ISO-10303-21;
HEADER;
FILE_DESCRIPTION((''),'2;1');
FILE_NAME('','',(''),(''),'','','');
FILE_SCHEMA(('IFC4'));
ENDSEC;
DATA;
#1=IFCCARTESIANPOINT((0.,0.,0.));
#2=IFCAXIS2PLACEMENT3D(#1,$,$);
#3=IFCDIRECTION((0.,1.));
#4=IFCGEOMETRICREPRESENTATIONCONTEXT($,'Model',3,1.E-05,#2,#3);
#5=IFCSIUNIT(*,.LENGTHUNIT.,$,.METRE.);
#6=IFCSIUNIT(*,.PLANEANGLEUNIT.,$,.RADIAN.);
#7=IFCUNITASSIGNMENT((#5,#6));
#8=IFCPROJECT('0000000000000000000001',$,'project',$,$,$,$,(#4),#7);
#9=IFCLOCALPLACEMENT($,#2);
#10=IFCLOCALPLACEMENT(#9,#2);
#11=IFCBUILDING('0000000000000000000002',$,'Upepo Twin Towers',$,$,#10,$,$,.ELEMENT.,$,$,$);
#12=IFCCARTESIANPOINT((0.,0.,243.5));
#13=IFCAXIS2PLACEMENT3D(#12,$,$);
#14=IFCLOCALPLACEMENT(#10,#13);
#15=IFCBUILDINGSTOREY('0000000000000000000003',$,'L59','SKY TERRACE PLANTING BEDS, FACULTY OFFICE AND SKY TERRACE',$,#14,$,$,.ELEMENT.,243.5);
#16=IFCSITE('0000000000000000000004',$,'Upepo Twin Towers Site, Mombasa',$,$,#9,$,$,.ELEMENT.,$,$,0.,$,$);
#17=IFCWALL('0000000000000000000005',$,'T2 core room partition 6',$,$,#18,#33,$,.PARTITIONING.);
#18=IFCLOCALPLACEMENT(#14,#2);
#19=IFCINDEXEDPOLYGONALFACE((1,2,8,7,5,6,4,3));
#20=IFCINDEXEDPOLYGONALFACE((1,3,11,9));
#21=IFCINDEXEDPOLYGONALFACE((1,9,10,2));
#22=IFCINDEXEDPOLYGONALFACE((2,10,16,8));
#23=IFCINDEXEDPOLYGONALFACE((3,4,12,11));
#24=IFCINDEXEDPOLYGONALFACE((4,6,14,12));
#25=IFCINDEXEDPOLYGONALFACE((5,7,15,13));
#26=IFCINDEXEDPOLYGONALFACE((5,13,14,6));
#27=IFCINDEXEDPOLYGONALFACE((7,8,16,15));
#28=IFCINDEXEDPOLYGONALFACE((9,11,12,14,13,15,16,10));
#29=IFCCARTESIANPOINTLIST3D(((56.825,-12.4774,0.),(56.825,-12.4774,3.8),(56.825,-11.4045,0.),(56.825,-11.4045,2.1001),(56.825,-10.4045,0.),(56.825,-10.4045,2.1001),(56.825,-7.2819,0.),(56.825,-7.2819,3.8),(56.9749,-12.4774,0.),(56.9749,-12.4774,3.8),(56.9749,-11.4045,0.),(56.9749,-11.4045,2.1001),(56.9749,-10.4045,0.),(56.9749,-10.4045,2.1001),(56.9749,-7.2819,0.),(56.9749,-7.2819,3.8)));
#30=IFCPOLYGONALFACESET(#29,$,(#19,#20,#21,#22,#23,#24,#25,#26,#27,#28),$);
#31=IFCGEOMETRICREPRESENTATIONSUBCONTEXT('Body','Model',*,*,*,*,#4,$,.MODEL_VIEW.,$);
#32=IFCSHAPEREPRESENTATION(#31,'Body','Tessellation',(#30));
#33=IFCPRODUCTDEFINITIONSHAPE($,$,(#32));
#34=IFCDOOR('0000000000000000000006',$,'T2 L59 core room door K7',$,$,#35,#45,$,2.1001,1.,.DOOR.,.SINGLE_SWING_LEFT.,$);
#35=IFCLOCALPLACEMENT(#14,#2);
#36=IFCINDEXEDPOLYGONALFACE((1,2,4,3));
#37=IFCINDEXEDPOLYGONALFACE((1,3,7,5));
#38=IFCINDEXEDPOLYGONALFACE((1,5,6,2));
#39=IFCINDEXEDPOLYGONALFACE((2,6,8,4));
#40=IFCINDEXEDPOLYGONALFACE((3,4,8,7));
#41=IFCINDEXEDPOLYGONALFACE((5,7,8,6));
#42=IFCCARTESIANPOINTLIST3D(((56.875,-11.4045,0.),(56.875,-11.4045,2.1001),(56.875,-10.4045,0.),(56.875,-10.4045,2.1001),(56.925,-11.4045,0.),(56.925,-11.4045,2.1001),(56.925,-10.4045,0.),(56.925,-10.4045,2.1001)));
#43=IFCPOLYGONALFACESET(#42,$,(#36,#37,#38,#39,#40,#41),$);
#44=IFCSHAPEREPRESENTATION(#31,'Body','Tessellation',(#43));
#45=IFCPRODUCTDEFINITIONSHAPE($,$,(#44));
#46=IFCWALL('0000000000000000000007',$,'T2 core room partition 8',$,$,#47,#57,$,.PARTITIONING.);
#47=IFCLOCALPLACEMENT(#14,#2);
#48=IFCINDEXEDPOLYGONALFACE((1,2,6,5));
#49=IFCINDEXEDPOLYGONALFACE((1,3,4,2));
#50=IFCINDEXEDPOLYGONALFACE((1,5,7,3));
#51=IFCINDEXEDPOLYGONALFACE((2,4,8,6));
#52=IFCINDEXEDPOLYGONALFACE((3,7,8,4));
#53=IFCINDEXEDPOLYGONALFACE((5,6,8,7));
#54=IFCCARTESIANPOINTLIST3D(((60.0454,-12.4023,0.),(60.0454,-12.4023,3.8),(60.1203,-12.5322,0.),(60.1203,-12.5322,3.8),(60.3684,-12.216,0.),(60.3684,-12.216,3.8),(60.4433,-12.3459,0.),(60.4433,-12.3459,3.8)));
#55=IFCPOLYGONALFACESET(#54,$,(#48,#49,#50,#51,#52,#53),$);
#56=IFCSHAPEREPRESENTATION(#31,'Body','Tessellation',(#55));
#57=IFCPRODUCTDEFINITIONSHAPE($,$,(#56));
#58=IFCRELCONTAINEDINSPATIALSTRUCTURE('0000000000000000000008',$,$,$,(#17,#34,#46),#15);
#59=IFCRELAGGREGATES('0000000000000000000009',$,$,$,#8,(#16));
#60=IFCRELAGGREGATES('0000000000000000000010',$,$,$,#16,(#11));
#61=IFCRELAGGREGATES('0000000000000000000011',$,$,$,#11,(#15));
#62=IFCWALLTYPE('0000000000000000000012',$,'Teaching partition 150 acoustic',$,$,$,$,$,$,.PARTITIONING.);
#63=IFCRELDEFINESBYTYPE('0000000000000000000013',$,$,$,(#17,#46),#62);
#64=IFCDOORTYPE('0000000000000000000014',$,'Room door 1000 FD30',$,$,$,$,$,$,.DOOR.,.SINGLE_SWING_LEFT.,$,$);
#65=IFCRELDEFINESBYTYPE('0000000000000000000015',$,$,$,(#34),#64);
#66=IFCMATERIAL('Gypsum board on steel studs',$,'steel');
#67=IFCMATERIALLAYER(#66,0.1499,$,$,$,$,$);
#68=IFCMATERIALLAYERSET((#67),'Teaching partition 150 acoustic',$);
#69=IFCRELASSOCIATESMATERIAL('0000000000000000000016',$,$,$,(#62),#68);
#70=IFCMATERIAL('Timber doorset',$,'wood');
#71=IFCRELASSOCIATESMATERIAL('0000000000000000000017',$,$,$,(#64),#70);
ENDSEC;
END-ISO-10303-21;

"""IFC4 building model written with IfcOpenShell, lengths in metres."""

from ifc_helpers import new_model, si_unit, direction, frame, frame_2d, origin, place, context, subcontext, project, spatial, rectangle, extrude, material, layer, layer_set, type_object, element, fill, save


model = new_model("IFC4")

# Units and contexts
model_context = context("Model", 3, precision=1e-05, world=origin(), true_north=direction((0.0, 1.0)))
body_context = subcontext(model_context, "Body", "Model", "MODEL_VIEW")
ifc_project = project(units=[si_unit("LENGTHUNIT", "METRE"), si_unit("PLANEANGLEUNIT", "RADIAN")], contexts=[model_context])

# Site, building, storey
site_placement = place(None, origin())
site = spatial("IfcSite", under=ifc_project, at=site_placement, Name="Upepo Twin Towers Site, Mombasa", CompositionType="ELEMENT", RefElevation=0.0)
building_placement = place(site_placement, origin())
building = spatial("IfcBuilding", under=site, at=building_placement, Name="Upepo Twin Towers", CompositionType="ELEMENT")
storey_placement = place(building_placement, frame((0.0, 0.0, 243.5)))
storey = spatial("IfcBuildingStorey", under=building, at=storey_placement, Name="L59", Description="SKY TERRACE PLANTING BEDS, FACULTY OFFICE AND SKY TERRACE", CompositionType="ELEMENT", Elevation=243.5)

# Shared definitions
ifc_material_1 = material(Name="Gypsum board on steel studs", Category="steel")
ifc_layer_1 = layer(ifc_material_1, 0.1499)
ifc_layer_set_1 = layer_set([ifc_layer_1], Name="Teaching partition 150 acoustic")
wall_type_1 = type_object("IfcWallType", Name="Teaching partition 150 acoustic", PredefinedType="PARTITIONING", material=ifc_layer_set_1)

# Wall, opening, door
wall_1_placement = place(storey_placement, frame((56.8999, -12.4773, 0.0), z_axis=(0.0, 0.0, 1.0), x_axis=(0.0, 1.0, 0.0)))
wall_1 = element("IfcWall", 1, at=wall_1_placement, inside=storey, type_object=wall_type_1, Name="T2 core room partition 6", PredefinedType="PARTITIONING", context=body_context, shape_type="SweptSolid", body=[
    extrude(rectangle(XDim=5.1956, YDim=0.1499, at=frame_2d((2.5977, 0.0))), origin(), (0.0, 0.0, 1.0), 3.8),
])
opening_1_placement = place(wall_1_placement, frame((1.0728, 0.0, 0.0)))
opening_1 = element("IfcOpeningElement", 2, at=opening_1_placement, cuts=wall_1, PredefinedType="OPENING", context=body_context, shape_type="SweptSolid", body=[
    extrude(rectangle(XDim=1.0, YDim=2.1001, at=frame_2d((0.5, 1.05))), frame((0.0, 0.085, 0.0), z_axis=(0.0, -1.0, 0.0), x_axis=(1.0, 0.0, 0.0)), (0.0, 0.0, 1.0), 0.1699),
])
ifc_material_2 = material(Name="Timber doorset", Category="wood")
door_type_1 = type_object("IfcDoorType", Name="Room door 1000 FD30", OperationType="SINGLE_SWING_LEFT", PredefinedType="DOOR", material=ifc_material_2)
door_1_placement = place(opening_1_placement, origin())
door_1 = element("IfcDoor", 3, at=door_1_placement, inside=storey, type_object=door_type_1, Name="T2 L59 core room door K7", OperationType="SINGLE_SWING_LEFT", OverallHeight=2.1001, OverallWidth=1.0, PredefinedType="DOOR", context=body_context, shape_type="SweptSolid", body=[
    extrude(rectangle(XDim=1.0, YDim=2.1001, at=frame_2d((0.5, 1.05))), frame((0.0, 0.0249, 0.0), z_axis=(0.0, -1.0, 0.0), x_axis=(1.0, 0.0, 0.0)), (0.0, 0.0, 1.0), 0.05),
])
fill(opening_1, door_1)

# Wall
wall_2_placement = place(storey_placement, frame((60.0828, -12.4673, 0.0), z_axis=(0.0, 0.0, 1.0), x_axis=(0.866262, 0.49959, 0.0)))
element("IfcWall", 4, at=wall_2_placement, inside=storey, type_object=wall_type_1, Name="T2 core room partition 8", PredefinedType="PARTITIONING", context=body_context, shape_type="SweptSolid", body=[
    extrude(rectangle(XDim=0.3728, YDim=0.1499, at=frame_2d((0.1865, 0.0))), origin(), (0.0, 0.0, 1.0), 3.8),
])

save(model, "model.ifc")
